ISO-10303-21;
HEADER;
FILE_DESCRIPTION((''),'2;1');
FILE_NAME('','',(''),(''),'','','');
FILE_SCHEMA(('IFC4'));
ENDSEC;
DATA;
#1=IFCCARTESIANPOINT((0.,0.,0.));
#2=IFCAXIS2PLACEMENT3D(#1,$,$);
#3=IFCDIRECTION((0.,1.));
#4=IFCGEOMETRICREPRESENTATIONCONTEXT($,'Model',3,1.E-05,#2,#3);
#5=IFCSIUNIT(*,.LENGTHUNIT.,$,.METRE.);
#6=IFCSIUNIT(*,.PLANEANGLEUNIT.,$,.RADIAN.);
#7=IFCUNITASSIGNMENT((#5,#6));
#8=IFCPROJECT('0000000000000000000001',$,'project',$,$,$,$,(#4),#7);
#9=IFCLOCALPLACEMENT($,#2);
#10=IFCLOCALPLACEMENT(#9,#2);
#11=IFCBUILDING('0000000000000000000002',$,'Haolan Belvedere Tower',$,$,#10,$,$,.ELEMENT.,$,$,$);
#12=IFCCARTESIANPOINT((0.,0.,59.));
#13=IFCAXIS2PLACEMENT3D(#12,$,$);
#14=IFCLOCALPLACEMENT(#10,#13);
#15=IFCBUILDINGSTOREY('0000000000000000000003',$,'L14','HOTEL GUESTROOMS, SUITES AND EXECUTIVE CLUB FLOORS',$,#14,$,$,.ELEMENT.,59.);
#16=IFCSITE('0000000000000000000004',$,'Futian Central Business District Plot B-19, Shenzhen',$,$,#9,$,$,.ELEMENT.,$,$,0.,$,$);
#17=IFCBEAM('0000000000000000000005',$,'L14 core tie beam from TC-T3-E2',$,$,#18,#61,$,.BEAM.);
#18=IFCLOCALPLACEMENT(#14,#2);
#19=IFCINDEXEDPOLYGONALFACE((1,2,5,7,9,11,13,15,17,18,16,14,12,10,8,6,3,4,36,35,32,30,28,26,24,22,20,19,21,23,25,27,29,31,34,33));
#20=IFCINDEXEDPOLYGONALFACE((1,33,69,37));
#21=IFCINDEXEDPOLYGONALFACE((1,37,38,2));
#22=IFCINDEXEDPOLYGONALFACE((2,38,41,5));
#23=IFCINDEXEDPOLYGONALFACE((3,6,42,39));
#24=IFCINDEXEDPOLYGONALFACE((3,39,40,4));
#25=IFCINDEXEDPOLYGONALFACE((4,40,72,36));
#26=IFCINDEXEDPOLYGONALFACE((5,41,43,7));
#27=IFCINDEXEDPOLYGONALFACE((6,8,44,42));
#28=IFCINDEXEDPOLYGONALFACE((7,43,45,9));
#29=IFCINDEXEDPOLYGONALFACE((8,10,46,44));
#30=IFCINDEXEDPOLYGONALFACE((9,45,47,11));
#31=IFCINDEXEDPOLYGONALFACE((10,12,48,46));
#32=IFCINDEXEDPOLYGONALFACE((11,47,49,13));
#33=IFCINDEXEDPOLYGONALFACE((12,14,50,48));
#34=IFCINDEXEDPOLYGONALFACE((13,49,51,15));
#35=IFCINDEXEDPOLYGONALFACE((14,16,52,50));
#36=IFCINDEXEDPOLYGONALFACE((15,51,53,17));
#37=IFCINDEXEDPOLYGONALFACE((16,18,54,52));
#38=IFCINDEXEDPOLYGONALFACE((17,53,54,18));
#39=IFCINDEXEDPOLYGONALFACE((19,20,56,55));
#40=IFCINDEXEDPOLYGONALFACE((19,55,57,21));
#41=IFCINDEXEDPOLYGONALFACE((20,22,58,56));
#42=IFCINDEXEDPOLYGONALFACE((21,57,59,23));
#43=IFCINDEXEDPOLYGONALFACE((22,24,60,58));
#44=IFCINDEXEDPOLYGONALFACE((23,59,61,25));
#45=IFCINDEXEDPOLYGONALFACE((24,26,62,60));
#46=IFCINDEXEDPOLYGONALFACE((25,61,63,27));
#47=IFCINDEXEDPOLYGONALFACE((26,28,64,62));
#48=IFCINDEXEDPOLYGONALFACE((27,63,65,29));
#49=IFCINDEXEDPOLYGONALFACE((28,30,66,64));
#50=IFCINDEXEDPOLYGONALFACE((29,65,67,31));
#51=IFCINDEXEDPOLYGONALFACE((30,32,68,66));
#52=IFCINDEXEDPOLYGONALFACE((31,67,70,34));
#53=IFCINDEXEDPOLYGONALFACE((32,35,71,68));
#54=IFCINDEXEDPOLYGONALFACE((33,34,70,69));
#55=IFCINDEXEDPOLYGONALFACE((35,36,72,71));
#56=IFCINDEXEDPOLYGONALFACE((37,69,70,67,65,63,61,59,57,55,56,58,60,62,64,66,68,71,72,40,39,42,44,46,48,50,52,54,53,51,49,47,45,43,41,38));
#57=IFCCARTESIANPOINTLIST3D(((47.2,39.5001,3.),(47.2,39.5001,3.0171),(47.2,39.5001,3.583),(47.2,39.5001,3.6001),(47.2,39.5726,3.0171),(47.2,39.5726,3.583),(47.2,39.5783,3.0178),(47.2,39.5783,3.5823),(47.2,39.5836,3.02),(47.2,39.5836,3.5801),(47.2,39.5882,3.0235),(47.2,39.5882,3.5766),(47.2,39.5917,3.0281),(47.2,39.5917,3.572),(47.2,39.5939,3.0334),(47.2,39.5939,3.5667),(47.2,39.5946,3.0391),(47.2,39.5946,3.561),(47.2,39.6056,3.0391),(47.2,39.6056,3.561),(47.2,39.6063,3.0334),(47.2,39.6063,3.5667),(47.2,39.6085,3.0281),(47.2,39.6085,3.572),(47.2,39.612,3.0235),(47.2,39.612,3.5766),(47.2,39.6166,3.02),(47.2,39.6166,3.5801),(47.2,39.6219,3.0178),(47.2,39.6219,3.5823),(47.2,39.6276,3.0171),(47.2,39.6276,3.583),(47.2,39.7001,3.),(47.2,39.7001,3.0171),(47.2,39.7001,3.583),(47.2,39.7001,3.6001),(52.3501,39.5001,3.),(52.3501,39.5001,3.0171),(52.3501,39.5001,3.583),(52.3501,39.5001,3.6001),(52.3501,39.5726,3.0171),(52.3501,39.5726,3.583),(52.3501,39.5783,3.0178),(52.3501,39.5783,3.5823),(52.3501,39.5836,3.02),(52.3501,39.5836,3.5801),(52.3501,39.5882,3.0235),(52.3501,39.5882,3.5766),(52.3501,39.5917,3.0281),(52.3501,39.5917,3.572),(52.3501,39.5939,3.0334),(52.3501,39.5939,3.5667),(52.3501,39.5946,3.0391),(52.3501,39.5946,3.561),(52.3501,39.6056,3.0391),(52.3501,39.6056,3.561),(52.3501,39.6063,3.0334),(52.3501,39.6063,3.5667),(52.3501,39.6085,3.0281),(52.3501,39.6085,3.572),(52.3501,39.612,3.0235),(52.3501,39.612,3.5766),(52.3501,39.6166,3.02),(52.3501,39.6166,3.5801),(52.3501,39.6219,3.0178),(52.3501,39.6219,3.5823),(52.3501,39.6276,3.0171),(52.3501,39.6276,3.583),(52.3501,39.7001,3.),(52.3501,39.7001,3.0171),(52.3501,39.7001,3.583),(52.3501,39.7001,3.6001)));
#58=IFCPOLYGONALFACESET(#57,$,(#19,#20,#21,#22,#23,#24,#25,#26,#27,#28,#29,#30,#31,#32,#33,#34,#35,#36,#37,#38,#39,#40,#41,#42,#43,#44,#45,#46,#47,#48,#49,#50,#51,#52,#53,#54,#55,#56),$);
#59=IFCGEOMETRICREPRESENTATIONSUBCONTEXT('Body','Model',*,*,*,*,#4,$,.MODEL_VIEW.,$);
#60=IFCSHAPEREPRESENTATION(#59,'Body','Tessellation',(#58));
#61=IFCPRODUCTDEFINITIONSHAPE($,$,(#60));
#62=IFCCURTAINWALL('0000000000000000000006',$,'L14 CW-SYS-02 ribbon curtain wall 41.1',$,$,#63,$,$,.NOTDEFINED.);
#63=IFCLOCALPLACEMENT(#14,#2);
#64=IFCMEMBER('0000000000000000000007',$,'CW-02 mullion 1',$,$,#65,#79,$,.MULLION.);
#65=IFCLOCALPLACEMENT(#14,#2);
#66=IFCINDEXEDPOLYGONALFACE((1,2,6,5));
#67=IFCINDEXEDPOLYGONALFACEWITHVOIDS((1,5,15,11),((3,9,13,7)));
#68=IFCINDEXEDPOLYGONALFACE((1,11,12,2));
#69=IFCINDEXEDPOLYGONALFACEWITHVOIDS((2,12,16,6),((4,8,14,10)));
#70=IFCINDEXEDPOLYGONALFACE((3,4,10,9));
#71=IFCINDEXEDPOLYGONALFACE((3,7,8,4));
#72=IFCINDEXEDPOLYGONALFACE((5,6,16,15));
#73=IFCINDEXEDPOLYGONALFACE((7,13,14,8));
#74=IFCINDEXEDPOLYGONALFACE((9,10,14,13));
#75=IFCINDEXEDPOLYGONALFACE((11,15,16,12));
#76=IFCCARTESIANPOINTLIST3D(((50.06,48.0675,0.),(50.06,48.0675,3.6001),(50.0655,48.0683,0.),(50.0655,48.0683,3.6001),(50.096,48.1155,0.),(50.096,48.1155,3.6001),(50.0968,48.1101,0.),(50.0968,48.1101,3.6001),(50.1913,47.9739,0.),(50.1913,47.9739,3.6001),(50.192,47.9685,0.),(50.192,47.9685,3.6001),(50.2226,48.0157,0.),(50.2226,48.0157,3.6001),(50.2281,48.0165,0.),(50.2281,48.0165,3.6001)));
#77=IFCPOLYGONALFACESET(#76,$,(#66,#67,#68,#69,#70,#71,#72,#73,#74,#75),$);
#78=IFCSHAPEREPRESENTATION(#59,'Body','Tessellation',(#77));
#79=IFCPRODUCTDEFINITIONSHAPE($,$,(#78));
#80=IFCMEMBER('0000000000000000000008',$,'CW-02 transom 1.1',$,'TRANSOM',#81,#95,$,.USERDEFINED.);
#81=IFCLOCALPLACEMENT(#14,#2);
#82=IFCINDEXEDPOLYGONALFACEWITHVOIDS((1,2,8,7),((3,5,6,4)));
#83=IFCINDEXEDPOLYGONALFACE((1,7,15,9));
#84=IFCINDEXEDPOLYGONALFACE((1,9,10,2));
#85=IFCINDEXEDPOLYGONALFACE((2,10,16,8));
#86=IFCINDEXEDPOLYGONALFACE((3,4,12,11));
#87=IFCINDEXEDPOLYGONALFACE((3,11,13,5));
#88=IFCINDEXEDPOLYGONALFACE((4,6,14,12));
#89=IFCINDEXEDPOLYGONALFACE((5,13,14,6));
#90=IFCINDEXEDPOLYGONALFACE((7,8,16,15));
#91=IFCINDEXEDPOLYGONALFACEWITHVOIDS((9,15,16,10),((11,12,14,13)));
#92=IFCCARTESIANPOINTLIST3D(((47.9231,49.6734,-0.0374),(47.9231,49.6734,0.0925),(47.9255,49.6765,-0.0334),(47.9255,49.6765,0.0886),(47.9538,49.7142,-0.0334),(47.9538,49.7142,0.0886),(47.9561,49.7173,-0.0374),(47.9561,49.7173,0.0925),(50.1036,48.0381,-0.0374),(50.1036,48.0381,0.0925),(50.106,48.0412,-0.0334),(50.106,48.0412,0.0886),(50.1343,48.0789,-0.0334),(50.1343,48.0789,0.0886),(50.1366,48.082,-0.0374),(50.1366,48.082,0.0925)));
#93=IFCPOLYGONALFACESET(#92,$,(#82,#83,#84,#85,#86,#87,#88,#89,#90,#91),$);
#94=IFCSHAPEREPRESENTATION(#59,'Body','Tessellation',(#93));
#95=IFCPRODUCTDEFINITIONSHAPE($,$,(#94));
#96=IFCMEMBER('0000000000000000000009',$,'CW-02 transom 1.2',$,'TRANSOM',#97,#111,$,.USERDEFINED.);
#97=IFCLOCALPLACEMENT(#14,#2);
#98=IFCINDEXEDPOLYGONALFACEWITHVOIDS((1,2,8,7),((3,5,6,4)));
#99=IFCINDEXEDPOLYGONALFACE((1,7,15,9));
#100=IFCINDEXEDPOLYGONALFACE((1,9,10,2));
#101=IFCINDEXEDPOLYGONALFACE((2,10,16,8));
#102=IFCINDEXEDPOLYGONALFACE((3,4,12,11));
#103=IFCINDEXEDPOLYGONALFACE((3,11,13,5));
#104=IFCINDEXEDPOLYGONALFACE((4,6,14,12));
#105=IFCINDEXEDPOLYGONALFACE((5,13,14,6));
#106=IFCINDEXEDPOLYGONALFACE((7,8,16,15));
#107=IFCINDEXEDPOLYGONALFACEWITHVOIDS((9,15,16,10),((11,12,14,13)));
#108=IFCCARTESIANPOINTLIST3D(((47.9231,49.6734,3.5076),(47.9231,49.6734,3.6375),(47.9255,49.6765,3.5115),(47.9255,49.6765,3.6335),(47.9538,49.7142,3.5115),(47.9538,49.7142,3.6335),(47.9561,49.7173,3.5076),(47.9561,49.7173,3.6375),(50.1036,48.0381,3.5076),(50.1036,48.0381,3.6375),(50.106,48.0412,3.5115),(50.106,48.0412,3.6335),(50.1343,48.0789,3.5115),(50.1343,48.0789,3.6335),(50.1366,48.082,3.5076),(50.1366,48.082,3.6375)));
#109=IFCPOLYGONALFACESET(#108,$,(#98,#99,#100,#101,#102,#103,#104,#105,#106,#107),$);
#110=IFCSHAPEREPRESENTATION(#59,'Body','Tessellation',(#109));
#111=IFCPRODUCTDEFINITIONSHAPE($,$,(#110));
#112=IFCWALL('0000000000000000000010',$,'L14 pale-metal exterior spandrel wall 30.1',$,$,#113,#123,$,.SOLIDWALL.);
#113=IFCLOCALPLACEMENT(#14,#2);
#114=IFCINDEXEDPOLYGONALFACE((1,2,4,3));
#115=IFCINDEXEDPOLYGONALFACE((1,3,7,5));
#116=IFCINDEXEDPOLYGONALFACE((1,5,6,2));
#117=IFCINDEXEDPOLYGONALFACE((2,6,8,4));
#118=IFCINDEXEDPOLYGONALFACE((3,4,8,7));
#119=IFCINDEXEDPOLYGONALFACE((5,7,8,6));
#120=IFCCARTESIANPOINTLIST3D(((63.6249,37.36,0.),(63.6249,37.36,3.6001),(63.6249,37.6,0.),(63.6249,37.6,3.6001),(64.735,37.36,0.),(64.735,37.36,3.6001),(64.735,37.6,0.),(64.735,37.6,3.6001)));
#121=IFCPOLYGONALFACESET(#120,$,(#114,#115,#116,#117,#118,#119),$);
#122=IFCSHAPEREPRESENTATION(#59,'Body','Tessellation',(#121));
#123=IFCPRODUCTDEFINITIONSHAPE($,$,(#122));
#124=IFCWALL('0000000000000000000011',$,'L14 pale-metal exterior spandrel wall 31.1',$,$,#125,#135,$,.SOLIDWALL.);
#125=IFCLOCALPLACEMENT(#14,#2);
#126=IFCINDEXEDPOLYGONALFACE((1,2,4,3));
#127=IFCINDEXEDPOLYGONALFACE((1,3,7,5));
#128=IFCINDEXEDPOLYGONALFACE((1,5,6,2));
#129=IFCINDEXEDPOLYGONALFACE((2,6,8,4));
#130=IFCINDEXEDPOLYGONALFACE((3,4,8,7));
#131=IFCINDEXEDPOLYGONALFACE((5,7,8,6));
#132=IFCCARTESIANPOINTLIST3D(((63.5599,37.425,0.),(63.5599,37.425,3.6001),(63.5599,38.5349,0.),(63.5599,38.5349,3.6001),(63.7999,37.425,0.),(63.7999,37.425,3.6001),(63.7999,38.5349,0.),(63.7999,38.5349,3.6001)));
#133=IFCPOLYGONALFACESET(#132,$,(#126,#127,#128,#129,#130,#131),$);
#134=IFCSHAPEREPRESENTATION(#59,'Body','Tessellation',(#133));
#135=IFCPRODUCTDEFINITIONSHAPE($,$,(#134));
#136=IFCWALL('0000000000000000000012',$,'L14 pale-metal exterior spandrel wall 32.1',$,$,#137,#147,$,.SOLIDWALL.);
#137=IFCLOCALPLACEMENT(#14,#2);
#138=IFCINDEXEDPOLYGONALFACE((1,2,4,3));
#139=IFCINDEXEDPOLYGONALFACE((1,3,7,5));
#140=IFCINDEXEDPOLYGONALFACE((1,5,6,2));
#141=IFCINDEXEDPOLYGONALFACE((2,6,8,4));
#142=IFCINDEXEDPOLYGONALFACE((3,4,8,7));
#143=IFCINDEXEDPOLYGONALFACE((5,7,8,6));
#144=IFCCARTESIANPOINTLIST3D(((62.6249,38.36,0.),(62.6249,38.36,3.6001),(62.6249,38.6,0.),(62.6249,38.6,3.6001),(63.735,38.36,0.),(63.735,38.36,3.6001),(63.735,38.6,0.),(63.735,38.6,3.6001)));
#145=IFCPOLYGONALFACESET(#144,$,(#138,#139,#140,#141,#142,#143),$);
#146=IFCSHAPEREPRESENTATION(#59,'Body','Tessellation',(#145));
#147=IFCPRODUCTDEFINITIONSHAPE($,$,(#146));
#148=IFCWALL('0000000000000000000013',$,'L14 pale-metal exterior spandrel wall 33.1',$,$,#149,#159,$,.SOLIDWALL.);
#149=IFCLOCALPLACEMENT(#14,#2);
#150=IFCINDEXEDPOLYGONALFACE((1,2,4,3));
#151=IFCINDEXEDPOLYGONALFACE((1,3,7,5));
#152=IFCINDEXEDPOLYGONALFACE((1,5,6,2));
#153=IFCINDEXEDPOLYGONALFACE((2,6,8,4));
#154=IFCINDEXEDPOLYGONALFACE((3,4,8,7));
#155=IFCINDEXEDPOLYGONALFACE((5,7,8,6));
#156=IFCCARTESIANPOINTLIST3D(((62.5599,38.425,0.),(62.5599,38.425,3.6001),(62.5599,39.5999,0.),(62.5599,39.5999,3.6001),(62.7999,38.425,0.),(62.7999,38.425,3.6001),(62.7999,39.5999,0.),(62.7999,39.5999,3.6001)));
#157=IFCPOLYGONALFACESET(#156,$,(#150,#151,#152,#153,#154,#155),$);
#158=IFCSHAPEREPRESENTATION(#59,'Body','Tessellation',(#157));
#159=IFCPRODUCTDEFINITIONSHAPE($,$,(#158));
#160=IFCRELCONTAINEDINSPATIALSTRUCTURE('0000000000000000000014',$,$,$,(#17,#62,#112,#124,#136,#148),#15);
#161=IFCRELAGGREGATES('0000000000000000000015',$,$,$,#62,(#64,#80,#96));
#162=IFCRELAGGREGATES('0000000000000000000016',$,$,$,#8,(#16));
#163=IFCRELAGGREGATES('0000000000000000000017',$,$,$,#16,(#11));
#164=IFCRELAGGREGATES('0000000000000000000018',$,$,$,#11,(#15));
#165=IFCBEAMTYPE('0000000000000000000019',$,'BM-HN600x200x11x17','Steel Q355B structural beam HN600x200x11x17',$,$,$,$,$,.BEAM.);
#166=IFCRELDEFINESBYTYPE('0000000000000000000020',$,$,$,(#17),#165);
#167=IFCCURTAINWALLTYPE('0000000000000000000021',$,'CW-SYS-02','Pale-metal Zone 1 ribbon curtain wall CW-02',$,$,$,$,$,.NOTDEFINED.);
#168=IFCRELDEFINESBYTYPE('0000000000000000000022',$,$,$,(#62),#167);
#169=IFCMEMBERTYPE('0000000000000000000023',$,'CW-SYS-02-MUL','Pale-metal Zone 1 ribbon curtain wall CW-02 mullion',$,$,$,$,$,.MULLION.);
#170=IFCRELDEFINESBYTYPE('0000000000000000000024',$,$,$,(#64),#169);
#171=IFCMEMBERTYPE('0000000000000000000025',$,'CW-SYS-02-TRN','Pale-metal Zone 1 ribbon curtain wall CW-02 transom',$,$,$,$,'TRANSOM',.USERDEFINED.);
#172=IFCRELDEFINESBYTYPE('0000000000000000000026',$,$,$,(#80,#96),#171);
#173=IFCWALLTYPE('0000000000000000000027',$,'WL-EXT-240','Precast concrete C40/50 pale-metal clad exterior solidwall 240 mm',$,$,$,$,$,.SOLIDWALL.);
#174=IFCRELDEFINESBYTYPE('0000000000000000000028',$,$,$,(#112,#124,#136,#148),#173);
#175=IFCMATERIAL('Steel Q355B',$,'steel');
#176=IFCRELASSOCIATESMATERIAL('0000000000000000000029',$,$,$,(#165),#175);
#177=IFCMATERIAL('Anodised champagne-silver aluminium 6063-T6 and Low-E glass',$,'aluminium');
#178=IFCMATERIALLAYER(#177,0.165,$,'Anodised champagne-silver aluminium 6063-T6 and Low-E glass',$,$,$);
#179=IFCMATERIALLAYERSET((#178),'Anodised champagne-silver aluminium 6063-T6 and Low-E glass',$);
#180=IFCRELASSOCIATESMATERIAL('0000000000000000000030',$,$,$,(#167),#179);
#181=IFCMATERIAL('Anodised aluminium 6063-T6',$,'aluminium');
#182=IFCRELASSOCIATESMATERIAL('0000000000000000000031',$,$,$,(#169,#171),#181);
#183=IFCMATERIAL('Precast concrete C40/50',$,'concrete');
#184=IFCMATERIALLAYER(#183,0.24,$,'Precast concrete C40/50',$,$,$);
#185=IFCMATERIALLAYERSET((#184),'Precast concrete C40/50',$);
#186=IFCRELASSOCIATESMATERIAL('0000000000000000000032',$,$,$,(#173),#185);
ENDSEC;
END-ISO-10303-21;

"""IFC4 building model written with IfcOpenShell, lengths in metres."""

from ifc_helpers import new_model, si_unit, direction, frame, frame_2d, origin, origin_2d, place, context, subcontext, project, spatial, rectangle, hollow_rectangle, i_section, extrude, material, layer, layer_set, material_profile, profile_set, type_object, element, aggregate, save


model = new_model("IFC4")

# Units and contexts
model_context = context("Model", 3, precision=1e-05, world=origin(), true_north=direction((0.0, 1.0)))
body_context = subcontext(model_context, "Body", "Model", "MODEL_VIEW")
ifc_project = project(units=[si_unit("LENGTHUNIT", "METRE"), si_unit("PLANEANGLEUNIT", "RADIAN")], contexts=[model_context])

# Site, building, storey
site_placement = place(None, origin())
site = spatial("IfcSite", under=ifc_project, at=site_placement, Name="Futian Central Business District Plot B-19, Shenzhen", CompositionType="ELEMENT", RefElevation=0.0)
building_placement = place(site_placement, origin())
building = spatial("IfcBuilding", under=site, at=building_placement, Name="Haolan Belvedere Tower", CompositionType="ELEMENT")
storey_placement = place(building_placement, frame((0.0, 0.0, 59.0)))
storey = spatial("IfcBuildingStorey", under=building, at=storey_placement, Name="L14", Description="HOTEL GUESTROOMS, SUITES AND EXECUTIVE CLUB FLOORS", CompositionType="ELEMENT", Elevation=59.0)

# Shared definitions
ifc_material_1 = material(Name="Steel Q355B", Category="steel")

# Beam
ifc_material_profile_1 = material_profile(ifc_material_1, i_section(OverallWidth=0.2, OverallDepth=0.6001, WebThickness=0.011, FlangeThickness=0.0171, FilletRadius=0.022, at=origin_2d()), Name="Steel Q355B")
ifc_profile_set_1 = profile_set([ifc_material_profile_1], Name="Steel Q355B")
beam_type_1 = type_object("IfcBeamType", Name="BM-HN600x200x11x17", Description="Steel Q355B structural beam HN600x200x11x17", PredefinedType="BEAM", material=ifc_profile_set_1)
beam_1_placement = place(storey_placement, frame((52.3501, 39.6001, 3.3), z_axis=(-1.0, 0.0, 0.0), x_axis=(0.0, -1.0, 0.0)))
element("IfcBeam", 1, at=beam_1_placement, inside=storey, type_object=beam_type_1, Name="L14 core tie beam from TC-T3-E2", PredefinedType="BEAM", context=body_context, shape_type="SweptSolid", body=[
    extrude(i_section(OverallWidth=0.2, OverallDepth=0.6001, WebThickness=0.011, FlangeThickness=0.0171, FilletRadius=0.022, at=origin_2d()), origin(), (0.0, 0.0, 1.0), 5.1501),
])

# Curtain wall, members
ifc_material_2 = material(Name="Anodised champagne-silver aluminium 6063-T6 and Low-E glass", Category="aluminium")
ifc_layer_1 = layer(ifc_material_2, 0.165, Name="Anodised champagne-silver aluminium 6063-T6 and Low-E glass")
ifc_layer_set_1 = layer_set([ifc_layer_1], Name="Anodised champagne-silver aluminium 6063-T6 and Low-E glass")
curtain_wall_type = type_object("IfcCurtainWallType", Name="CW-SYS-02", Description="Pale-metal Zone 1 ribbon curtain wall CW-02", PredefinedType="NOTDEFINED", material=ifc_layer_set_1)
curtain_wall_placement = place(storey_placement, origin())
curtain_wall = element("IfcCurtainWall", 2, at=curtain_wall_placement, inside=storey, type_object=curtain_wall_type, Name="L14 CW-SYS-02 ribbon curtain wall 41.1", PredefinedType="NOTDEFINED")
ifc_material_3 = material(Name="Anodised aluminium 6063-T6", Category="aluminium")
ifc_material_profile_2 = material_profile(ifc_material_3, hollow_rectangle(XDim=0.0601, YDim=0.165, WallThickness=0.0039, at=origin_2d()), Name="Anodised aluminium 6063-T6")
ifc_profile_set_2 = profile_set([ifc_material_profile_2], Name="Anodised aluminium 6063-T6")
member_type_1 = type_object("IfcMemberType", Name="CW-SYS-02-MUL", Description="Pale-metal Zone 1 ribbon curtain wall CW-02 mullion", PredefinedType="MULLION", material=ifc_profile_set_2)
member_1_placement = place(storey_placement, frame((50.144, 48.042, 0.0), z_axis=(0.0, 0.0, 1.0), x_axis=(-0.599994, -0.800004, 0.0)))
member_1 = element("IfcMember", 3, at=member_1_placement, type_object=member_type_1, Name="CW-02 mullion 1", PredefinedType="MULLION", context=body_context, shape_type="SweptSolid", body=[
    extrude(hollow_rectangle(XDim=0.0601, YDim=0.165, WallThickness=0.0039, at=origin_2d()), origin(), (0.0, 0.0, 1.0), 3.6001),
])
ifc_material_profile_3 = material_profile(ifc_material_3, hollow_rectangle(XDim=0.0549, YDim=0.1299, WallThickness=0.0039, at=origin_2d()), Name="Anodised aluminium 6063-T6")
ifc_profile_set_3 = profile_set([ifc_material_profile_3], Name="Anodised aluminium 6063-T6")
member_type_2 = type_object("IfcMemberType", Name="CW-SYS-02-TRN", Description="Pale-metal Zone 1 ribbon curtain wall CW-02 transom", ElementType="TRANSOM", PredefinedType="USERDEFINED", material=ifc_profile_set_3)
member_2_placement = place(storey_placement, frame((50.1201, 48.0601, 0.0276), z_axis=(-0.800011, 0.599986, 0.0), x_axis=(-0.599986, -0.800011, 0.0)))
member_2 = element("IfcMember", 4, at=member_2_placement, type_object=member_type_2, Name="CW-02 transom 1.1", ObjectType="TRANSOM", PredefinedType="USERDEFINED", context=body_context, shape_type="SweptSolid", body=[
    extrude(hollow_rectangle(XDim=0.0549, YDim=0.1299, WallThickness=0.0039, at=origin_2d()), origin(), (0.0, 0.0, 1.0), 2.7256),
])
member_3_placement = place(storey_placement, frame((50.1201, 48.0601, 3.5725), z_axis=(-0.800011, 0.599986, 0.0), x_axis=(-0.599986, -0.800011, 0.0)))
member_3 = element("IfcMember", 5, at=member_3_placement, type_object=member_type_2, Name="CW-02 transom 1.2", ObjectType="TRANSOM", PredefinedType="USERDEFINED", context=body_context, shape_type="SweptSolid", body=[
    extrude(hollow_rectangle(XDim=0.0549, YDim=0.1299, WallThickness=0.0039, at=origin_2d()), origin(), (0.0, 0.0, 1.0), 2.7256),
])
aggregate(curtain_wall, [member_1, member_2, member_3])

# Walls
ifc_material_4 = material(Name="Precast concrete C40/50", Category="concrete")
ifc_layer_2 = layer(ifc_material_4, 0.24, Name="Precast concrete C40/50")
ifc_layer_set_2 = layer_set([ifc_layer_2], Name="Precast concrete C40/50")
wall_type_1 = type_object("IfcWallType", Name="WL-EXT-240", Description="Precast concrete C40/50 pale-metal clad exterior solidwall 240 mm", PredefinedType="SOLIDWALL", material=ifc_layer_set_2)
wall_1_placement = place(storey_placement, frame((64.7351, 37.48, 0.0), z_axis=(0.0, 0.0, 1.0), x_axis=(-1.0, 0.0, 0.0)))
element("IfcWall", 6, at=wall_1_placement, inside=storey, type_object=wall_type_1, Name="L14 pale-metal exterior spandrel wall 30.1", PredefinedType="SOLIDWALL", context=body_context, shape_type="SweptSolid", body=[
    extrude(rectangle(XDim=1.1101, YDim=0.24, at=frame_2d((0.5552, 0.0))), origin(), (0.0, 0.0, 1.0), 3.6001),
])
wall_2_placement = place(storey_placement, frame((63.6799, 37.425, 0.0), z_axis=(0.0, 0.0, 1.0), x_axis=(0.0, 1.0, 0.0)))
element("IfcWall", 7, at=wall_2_placement, inside=storey, type_object=wall_type_1, Name="L14 pale-metal exterior spandrel wall 31.1", PredefinedType="SOLIDWALL", context=body_context, shape_type="SweptSolid", body=[
    extrude(rectangle(XDim=1.1099, YDim=0.24, at=frame_2d((0.5549, 0.0))), origin(), (0.0, 0.0, 1.0), 3.6001),
])
wall_3_placement = place(storey_placement, frame((63.7351, 38.48, 0.0), z_axis=(0.0, 0.0, 1.0), x_axis=(-1.0, 0.0, 0.0)))
element("IfcWall", 8, at=wall_3_placement, inside=storey, type_object=wall_type_1, Name="L14 pale-metal exterior spandrel wall 32.1", PredefinedType="SOLIDWALL", context=body_context, shape_type="SweptSolid", body=[
    extrude(rectangle(XDim=1.1101, YDim=0.24, at=frame_2d((0.5552, 0.0))), origin(), (0.0, 0.0, 1.0), 3.6001),
])
wall_4_placement = place(storey_placement, frame((62.6799, 38.425, 0.0), z_axis=(0.0, 0.0, 1.0), x_axis=(0.0, 1.0, 0.0)))
element("IfcWall", 9, at=wall_4_placement, inside=storey, type_object=wall_type_1, Name="L14 pale-metal exterior spandrel wall 33.1", PredefinedType="SOLIDWALL", context=body_context, shape_type="SweptSolid", body=[
    extrude(rectangle(XDim=1.1748, YDim=0.24, at=frame_2d((0.5874, 0.0))), origin(), (0.0, 0.0, 1.0), 3.6001),
])

save(model, "model.ifc")
